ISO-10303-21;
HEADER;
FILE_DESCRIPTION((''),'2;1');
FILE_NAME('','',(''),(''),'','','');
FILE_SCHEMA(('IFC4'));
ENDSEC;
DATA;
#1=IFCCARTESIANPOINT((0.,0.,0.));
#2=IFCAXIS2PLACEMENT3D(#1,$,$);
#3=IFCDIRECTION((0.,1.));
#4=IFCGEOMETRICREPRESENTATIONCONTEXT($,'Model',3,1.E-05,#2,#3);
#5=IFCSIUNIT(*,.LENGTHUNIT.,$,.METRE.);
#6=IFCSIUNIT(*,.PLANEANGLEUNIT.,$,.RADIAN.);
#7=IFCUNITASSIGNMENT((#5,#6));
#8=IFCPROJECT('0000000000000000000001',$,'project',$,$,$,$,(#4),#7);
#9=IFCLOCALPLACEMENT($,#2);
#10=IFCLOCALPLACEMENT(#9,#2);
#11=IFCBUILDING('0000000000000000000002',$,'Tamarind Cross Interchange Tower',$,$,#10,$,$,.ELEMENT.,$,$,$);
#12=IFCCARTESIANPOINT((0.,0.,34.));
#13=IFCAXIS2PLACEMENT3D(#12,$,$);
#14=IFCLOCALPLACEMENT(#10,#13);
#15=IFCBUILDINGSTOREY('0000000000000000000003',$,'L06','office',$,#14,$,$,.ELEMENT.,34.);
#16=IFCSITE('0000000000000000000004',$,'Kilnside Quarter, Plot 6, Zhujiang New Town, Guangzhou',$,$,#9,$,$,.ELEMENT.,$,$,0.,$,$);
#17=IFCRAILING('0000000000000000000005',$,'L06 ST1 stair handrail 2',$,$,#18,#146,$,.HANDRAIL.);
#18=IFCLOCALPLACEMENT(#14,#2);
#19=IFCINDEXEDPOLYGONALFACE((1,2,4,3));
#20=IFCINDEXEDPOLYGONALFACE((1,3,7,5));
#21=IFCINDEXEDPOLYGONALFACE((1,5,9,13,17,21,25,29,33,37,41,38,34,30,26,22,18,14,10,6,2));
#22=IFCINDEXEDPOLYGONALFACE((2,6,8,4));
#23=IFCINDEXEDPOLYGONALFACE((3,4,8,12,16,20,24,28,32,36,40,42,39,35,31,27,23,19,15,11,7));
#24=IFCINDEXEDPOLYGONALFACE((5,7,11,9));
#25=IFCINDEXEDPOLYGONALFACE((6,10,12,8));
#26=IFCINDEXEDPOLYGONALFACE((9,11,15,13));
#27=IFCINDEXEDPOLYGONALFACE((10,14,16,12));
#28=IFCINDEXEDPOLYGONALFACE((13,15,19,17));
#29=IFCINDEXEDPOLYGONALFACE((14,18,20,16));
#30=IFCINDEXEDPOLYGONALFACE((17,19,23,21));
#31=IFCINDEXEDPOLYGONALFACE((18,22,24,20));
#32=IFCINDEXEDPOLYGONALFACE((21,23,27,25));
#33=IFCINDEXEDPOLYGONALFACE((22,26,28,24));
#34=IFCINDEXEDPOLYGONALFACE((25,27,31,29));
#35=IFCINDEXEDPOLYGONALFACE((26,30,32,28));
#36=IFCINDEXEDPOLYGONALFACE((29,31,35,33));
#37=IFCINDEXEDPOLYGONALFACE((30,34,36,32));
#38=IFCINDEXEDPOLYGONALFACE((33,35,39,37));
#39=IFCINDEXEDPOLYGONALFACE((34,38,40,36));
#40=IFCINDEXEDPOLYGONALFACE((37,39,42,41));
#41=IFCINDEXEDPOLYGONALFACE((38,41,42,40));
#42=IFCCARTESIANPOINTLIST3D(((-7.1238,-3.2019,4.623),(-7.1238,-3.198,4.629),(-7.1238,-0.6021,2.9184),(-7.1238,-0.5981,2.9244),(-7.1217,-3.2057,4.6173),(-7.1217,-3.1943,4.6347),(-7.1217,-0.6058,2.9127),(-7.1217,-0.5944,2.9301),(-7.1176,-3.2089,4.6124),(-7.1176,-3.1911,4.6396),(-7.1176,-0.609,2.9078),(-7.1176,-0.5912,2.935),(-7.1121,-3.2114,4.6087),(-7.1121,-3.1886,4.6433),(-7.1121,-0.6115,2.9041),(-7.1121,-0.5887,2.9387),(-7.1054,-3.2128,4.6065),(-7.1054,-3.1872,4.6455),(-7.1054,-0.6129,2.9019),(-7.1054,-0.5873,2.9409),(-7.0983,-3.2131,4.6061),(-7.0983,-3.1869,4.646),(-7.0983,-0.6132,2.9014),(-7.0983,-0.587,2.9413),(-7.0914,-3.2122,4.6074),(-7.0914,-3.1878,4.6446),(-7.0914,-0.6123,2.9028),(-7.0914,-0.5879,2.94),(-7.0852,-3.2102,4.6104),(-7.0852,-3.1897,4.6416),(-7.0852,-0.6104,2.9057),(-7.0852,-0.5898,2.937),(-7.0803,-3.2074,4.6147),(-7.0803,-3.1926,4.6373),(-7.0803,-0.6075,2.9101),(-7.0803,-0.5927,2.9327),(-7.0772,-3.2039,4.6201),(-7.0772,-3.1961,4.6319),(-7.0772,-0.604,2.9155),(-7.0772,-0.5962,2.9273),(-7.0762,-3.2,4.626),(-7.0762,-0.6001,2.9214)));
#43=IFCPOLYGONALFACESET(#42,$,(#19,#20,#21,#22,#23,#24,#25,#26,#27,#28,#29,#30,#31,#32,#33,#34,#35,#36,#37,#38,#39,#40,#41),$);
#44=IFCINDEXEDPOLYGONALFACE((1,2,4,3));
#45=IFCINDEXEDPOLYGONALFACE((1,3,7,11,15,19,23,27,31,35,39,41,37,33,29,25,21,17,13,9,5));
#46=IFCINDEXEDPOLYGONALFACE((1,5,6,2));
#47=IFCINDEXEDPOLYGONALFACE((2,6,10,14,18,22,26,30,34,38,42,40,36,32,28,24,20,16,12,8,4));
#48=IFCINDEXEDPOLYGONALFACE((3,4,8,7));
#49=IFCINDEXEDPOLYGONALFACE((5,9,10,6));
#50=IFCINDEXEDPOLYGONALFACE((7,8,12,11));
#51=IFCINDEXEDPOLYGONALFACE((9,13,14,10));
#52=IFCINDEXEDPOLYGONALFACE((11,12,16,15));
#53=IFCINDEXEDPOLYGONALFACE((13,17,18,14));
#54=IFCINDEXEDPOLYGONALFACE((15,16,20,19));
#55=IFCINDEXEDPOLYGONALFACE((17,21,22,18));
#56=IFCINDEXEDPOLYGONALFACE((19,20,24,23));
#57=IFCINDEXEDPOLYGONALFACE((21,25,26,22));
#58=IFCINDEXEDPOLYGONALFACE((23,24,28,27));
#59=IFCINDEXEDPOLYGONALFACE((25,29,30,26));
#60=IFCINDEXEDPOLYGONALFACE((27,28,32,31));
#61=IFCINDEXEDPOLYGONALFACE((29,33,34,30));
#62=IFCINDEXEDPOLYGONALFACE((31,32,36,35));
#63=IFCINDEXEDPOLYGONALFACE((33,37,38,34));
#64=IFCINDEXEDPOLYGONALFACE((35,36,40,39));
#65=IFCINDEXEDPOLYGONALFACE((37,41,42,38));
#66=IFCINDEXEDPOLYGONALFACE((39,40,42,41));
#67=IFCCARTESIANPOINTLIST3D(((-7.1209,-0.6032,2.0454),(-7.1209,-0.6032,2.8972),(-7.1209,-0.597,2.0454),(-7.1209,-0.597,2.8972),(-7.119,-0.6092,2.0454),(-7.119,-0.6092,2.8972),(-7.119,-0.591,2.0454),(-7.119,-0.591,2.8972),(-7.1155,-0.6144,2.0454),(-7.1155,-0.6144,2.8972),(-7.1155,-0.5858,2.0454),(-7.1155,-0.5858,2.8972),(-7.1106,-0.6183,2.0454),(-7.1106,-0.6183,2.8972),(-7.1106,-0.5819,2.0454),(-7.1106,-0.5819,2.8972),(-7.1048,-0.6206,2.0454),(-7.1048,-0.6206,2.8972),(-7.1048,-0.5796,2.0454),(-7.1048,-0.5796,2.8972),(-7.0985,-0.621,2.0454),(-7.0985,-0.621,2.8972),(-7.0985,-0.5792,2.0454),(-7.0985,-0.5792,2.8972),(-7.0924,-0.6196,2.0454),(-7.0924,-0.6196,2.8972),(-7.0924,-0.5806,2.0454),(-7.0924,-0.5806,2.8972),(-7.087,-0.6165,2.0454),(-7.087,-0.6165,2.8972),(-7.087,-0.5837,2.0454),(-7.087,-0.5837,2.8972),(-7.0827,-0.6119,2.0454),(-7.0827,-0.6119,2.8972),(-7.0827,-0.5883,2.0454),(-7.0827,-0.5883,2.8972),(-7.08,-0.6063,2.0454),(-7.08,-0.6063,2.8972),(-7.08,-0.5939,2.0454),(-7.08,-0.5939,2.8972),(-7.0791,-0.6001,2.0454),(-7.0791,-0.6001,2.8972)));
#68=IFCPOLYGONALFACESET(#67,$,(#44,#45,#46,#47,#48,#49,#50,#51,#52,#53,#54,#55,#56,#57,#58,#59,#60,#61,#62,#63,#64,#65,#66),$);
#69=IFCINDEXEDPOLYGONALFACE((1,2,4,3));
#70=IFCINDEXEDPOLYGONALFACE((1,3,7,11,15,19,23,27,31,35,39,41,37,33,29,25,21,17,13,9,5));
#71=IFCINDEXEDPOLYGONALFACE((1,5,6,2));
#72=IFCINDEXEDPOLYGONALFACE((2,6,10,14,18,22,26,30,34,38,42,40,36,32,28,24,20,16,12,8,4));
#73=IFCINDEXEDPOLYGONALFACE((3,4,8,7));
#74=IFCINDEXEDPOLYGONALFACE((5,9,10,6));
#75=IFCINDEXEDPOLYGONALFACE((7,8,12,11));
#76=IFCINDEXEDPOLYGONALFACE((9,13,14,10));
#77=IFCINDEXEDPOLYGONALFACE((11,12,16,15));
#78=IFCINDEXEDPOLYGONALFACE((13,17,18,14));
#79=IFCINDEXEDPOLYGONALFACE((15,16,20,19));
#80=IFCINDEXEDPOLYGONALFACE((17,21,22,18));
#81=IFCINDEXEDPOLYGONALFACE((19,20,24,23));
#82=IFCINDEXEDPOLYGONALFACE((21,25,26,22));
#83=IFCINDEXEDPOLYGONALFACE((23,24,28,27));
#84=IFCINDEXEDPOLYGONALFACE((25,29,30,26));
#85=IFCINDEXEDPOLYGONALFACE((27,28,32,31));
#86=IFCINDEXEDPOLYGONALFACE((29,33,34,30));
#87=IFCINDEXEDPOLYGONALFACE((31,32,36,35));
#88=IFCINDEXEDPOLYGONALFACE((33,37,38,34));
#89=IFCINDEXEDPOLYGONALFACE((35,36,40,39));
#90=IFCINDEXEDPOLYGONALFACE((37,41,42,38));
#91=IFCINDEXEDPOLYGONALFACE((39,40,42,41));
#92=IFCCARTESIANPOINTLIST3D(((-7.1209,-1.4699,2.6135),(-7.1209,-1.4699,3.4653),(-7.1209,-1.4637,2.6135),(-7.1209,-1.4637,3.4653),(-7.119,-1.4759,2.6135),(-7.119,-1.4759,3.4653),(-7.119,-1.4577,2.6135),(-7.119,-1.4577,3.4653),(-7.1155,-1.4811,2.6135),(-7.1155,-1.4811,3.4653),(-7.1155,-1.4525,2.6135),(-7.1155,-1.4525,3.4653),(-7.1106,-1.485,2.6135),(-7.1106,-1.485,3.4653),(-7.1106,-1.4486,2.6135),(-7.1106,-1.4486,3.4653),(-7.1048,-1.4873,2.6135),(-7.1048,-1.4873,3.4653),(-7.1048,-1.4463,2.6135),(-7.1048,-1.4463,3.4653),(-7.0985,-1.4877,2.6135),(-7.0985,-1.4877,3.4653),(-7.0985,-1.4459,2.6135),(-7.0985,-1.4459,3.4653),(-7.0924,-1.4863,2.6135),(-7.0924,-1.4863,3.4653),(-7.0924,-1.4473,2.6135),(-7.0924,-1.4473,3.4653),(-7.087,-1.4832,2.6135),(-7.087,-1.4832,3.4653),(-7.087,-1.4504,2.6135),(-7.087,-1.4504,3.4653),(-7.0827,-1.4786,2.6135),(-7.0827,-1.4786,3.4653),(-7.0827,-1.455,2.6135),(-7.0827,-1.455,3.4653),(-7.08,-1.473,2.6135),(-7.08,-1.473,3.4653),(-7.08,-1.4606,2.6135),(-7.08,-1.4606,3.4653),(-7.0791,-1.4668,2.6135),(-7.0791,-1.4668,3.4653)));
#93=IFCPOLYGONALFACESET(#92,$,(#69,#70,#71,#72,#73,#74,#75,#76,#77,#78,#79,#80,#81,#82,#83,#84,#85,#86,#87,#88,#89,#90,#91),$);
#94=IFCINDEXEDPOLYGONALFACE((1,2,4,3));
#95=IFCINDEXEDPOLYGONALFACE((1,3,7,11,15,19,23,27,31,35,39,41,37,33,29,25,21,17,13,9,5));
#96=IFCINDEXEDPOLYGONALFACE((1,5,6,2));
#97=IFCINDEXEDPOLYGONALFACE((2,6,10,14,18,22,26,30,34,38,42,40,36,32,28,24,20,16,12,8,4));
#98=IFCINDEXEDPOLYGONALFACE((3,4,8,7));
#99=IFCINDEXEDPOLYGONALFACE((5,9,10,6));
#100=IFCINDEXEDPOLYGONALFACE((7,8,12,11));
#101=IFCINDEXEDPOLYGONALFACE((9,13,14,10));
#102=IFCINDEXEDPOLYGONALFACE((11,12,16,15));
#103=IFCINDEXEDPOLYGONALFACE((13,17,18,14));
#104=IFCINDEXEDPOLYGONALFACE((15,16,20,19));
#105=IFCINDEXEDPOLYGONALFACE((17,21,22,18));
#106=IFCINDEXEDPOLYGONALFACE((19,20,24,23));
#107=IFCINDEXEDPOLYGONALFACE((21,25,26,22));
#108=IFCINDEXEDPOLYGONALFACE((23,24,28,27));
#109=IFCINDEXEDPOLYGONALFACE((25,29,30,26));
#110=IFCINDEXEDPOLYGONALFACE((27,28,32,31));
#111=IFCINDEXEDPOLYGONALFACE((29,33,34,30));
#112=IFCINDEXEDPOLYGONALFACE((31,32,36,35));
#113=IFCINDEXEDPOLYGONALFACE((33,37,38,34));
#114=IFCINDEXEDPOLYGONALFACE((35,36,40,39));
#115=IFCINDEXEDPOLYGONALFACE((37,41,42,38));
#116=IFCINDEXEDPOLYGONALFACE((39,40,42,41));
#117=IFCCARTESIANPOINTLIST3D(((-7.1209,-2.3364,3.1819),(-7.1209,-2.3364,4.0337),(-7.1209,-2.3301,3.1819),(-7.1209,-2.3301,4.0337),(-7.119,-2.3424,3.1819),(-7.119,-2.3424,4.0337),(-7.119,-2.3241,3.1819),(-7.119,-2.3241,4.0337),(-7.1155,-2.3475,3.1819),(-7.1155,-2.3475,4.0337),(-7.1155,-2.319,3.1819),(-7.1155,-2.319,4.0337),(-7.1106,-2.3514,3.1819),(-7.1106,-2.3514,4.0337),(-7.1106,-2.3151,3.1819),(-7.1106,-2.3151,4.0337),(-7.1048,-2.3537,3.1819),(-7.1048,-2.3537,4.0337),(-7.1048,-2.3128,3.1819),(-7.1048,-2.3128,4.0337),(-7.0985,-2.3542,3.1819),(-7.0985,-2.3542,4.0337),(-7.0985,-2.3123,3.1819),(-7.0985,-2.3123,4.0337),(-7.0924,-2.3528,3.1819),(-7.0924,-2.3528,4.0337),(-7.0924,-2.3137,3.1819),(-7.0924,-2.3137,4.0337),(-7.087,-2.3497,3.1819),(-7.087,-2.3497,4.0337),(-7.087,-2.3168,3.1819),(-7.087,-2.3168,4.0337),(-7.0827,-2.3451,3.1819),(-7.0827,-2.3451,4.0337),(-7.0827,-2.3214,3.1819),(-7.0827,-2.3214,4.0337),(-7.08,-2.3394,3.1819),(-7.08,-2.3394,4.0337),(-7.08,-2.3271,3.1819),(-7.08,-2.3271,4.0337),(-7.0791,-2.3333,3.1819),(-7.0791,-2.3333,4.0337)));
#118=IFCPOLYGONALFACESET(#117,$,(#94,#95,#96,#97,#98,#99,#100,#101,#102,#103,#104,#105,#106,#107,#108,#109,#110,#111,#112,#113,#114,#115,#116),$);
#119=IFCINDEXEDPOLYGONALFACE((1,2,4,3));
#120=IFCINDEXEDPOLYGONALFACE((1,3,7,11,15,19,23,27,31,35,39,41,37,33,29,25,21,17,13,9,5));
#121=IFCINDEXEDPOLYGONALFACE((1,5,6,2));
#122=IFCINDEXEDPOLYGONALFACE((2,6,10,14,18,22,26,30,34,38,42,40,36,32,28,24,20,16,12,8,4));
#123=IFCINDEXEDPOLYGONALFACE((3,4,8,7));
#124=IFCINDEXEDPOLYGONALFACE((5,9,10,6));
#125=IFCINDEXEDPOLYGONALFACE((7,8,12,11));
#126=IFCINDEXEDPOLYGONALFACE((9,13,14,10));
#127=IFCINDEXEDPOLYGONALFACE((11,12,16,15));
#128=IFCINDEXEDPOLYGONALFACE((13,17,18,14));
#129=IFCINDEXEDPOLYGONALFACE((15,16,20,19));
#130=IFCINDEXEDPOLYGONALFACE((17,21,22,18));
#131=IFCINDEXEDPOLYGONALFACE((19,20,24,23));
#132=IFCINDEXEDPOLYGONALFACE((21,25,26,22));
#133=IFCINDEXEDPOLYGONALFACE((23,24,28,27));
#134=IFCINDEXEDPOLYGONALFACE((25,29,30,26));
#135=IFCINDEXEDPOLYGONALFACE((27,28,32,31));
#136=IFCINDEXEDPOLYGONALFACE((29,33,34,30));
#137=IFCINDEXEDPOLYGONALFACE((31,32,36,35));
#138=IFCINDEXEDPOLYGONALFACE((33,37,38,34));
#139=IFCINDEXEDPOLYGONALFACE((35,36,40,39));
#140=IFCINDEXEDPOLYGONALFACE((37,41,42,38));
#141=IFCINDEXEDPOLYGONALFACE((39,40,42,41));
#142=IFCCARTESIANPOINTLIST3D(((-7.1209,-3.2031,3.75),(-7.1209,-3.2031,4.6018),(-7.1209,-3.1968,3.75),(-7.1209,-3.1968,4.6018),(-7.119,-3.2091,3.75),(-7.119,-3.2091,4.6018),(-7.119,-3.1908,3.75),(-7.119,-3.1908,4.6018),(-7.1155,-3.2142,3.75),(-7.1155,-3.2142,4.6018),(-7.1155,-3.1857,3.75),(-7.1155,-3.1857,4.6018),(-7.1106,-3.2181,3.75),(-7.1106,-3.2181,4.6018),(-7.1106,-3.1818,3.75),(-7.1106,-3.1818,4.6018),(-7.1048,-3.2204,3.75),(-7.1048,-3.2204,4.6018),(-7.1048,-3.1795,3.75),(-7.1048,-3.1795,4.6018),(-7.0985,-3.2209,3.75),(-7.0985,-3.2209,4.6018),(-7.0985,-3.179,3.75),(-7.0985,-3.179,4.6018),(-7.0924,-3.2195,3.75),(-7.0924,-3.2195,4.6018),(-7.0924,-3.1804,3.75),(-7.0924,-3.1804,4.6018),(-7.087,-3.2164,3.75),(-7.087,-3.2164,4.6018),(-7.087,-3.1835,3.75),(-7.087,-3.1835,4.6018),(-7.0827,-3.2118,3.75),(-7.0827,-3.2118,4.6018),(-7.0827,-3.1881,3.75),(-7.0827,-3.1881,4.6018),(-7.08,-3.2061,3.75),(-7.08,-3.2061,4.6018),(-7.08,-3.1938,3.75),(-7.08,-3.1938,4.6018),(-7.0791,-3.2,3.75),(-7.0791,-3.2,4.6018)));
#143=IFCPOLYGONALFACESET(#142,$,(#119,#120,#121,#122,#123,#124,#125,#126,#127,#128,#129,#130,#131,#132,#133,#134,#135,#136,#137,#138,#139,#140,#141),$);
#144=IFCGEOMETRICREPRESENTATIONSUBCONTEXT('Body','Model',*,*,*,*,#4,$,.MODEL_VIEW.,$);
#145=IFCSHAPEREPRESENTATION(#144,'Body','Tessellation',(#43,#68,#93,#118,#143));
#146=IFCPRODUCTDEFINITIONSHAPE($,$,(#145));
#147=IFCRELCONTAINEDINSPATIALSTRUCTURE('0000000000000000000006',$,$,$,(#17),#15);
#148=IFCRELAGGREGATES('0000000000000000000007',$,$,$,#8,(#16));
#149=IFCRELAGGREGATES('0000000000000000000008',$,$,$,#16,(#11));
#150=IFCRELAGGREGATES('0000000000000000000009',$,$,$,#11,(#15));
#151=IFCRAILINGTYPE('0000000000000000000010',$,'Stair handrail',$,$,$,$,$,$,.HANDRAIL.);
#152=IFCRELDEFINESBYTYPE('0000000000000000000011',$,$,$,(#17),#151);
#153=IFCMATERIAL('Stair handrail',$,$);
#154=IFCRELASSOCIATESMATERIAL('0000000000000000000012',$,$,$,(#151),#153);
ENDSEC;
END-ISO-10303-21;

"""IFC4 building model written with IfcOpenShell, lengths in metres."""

from ifc_helpers import new_model, si_unit, direction, frame, origin, origin_2d, place, context, subcontext, project, spatial, circle, extrude, material, type_object, element, save


model = new_model("IFC4")

# Units and contexts
model_context = context("Model", 3, precision=1e-05, world=origin(), true_north=direction((0.0, 1.0)))
body_context = subcontext(model_context, "Body", "Model", "MODEL_VIEW")
ifc_project = project(units=[si_unit("LENGTHUNIT", "METRE"), si_unit("PLANEANGLEUNIT", "RADIAN")], contexts=[model_context])

# Site, building, storey
site_placement = place(None, origin())
site = spatial("IfcSite", under=ifc_project, at=site_placement, Name="Kilnside Quarter, Plot 6, Zhujiang New Town, Guangzhou", CompositionType="ELEMENT", RefElevation=0.0)
building_placement = place(site_placement, origin())
building = spatial("IfcBuilding", under=site, at=building_placement, Name="Tamarind Cross Interchange Tower", CompositionType="ELEMENT")
storey_placement = place(building_placement, frame((0.0, 0.0, 34.0)))
storey = spatial("IfcBuildingStorey", under=building, at=storey_placement, Name="L06", Description="office", CompositionType="ELEMENT", Elevation=34.0)

# Railing
ifc_material_1 = material(Name="Stair handrail")
railing_type_1 = type_object("IfcRailingType", Name="Stair handrail", PredefinedType="HANDRAIL", material=ifc_material_1)
railing_1_placement = place(storey_placement, frame((-7.1001, -0.6001, 2.0454)))
element("IfcRailing", 1, at=railing_1_placement, inside=storey, type_object=railing_type_1, Name="L06 ST1 stair handrail 2", PredefinedType="HANDRAIL", context=body_context, shape_type="SweptSolid", body=[
    extrude(circle(Radius=0.0239, at=origin_2d()), frame((0.0, 0.0, 0.876), z_axis=(0.0, -0.836279, 0.548305), x_axis=(1.0, 0.0, 0.0)), (0.0, 0.0, 1.0), 3.1089),
    extrude(circle(Radius=0.021, at=origin_2d()), origin(), (0.0, 0.0, 1.0), 0.8518),
    extrude(circle(Radius=0.021, at=origin_2d()), frame((0.0, -0.8667, 0.5681)), (0.0, 0.0, 1.0), 0.8518),
    extrude(circle(Radius=0.021, at=origin_2d()), frame((0.0, -1.7332, 1.1365)), (0.0, 0.0, 1.0), 0.8518),
    extrude(circle(Radius=0.021, at=origin_2d()), frame((0.0, -2.5999, 1.7046)), (0.0, 0.0, 1.0), 0.8518),
])

save(model, "model.ifc")
